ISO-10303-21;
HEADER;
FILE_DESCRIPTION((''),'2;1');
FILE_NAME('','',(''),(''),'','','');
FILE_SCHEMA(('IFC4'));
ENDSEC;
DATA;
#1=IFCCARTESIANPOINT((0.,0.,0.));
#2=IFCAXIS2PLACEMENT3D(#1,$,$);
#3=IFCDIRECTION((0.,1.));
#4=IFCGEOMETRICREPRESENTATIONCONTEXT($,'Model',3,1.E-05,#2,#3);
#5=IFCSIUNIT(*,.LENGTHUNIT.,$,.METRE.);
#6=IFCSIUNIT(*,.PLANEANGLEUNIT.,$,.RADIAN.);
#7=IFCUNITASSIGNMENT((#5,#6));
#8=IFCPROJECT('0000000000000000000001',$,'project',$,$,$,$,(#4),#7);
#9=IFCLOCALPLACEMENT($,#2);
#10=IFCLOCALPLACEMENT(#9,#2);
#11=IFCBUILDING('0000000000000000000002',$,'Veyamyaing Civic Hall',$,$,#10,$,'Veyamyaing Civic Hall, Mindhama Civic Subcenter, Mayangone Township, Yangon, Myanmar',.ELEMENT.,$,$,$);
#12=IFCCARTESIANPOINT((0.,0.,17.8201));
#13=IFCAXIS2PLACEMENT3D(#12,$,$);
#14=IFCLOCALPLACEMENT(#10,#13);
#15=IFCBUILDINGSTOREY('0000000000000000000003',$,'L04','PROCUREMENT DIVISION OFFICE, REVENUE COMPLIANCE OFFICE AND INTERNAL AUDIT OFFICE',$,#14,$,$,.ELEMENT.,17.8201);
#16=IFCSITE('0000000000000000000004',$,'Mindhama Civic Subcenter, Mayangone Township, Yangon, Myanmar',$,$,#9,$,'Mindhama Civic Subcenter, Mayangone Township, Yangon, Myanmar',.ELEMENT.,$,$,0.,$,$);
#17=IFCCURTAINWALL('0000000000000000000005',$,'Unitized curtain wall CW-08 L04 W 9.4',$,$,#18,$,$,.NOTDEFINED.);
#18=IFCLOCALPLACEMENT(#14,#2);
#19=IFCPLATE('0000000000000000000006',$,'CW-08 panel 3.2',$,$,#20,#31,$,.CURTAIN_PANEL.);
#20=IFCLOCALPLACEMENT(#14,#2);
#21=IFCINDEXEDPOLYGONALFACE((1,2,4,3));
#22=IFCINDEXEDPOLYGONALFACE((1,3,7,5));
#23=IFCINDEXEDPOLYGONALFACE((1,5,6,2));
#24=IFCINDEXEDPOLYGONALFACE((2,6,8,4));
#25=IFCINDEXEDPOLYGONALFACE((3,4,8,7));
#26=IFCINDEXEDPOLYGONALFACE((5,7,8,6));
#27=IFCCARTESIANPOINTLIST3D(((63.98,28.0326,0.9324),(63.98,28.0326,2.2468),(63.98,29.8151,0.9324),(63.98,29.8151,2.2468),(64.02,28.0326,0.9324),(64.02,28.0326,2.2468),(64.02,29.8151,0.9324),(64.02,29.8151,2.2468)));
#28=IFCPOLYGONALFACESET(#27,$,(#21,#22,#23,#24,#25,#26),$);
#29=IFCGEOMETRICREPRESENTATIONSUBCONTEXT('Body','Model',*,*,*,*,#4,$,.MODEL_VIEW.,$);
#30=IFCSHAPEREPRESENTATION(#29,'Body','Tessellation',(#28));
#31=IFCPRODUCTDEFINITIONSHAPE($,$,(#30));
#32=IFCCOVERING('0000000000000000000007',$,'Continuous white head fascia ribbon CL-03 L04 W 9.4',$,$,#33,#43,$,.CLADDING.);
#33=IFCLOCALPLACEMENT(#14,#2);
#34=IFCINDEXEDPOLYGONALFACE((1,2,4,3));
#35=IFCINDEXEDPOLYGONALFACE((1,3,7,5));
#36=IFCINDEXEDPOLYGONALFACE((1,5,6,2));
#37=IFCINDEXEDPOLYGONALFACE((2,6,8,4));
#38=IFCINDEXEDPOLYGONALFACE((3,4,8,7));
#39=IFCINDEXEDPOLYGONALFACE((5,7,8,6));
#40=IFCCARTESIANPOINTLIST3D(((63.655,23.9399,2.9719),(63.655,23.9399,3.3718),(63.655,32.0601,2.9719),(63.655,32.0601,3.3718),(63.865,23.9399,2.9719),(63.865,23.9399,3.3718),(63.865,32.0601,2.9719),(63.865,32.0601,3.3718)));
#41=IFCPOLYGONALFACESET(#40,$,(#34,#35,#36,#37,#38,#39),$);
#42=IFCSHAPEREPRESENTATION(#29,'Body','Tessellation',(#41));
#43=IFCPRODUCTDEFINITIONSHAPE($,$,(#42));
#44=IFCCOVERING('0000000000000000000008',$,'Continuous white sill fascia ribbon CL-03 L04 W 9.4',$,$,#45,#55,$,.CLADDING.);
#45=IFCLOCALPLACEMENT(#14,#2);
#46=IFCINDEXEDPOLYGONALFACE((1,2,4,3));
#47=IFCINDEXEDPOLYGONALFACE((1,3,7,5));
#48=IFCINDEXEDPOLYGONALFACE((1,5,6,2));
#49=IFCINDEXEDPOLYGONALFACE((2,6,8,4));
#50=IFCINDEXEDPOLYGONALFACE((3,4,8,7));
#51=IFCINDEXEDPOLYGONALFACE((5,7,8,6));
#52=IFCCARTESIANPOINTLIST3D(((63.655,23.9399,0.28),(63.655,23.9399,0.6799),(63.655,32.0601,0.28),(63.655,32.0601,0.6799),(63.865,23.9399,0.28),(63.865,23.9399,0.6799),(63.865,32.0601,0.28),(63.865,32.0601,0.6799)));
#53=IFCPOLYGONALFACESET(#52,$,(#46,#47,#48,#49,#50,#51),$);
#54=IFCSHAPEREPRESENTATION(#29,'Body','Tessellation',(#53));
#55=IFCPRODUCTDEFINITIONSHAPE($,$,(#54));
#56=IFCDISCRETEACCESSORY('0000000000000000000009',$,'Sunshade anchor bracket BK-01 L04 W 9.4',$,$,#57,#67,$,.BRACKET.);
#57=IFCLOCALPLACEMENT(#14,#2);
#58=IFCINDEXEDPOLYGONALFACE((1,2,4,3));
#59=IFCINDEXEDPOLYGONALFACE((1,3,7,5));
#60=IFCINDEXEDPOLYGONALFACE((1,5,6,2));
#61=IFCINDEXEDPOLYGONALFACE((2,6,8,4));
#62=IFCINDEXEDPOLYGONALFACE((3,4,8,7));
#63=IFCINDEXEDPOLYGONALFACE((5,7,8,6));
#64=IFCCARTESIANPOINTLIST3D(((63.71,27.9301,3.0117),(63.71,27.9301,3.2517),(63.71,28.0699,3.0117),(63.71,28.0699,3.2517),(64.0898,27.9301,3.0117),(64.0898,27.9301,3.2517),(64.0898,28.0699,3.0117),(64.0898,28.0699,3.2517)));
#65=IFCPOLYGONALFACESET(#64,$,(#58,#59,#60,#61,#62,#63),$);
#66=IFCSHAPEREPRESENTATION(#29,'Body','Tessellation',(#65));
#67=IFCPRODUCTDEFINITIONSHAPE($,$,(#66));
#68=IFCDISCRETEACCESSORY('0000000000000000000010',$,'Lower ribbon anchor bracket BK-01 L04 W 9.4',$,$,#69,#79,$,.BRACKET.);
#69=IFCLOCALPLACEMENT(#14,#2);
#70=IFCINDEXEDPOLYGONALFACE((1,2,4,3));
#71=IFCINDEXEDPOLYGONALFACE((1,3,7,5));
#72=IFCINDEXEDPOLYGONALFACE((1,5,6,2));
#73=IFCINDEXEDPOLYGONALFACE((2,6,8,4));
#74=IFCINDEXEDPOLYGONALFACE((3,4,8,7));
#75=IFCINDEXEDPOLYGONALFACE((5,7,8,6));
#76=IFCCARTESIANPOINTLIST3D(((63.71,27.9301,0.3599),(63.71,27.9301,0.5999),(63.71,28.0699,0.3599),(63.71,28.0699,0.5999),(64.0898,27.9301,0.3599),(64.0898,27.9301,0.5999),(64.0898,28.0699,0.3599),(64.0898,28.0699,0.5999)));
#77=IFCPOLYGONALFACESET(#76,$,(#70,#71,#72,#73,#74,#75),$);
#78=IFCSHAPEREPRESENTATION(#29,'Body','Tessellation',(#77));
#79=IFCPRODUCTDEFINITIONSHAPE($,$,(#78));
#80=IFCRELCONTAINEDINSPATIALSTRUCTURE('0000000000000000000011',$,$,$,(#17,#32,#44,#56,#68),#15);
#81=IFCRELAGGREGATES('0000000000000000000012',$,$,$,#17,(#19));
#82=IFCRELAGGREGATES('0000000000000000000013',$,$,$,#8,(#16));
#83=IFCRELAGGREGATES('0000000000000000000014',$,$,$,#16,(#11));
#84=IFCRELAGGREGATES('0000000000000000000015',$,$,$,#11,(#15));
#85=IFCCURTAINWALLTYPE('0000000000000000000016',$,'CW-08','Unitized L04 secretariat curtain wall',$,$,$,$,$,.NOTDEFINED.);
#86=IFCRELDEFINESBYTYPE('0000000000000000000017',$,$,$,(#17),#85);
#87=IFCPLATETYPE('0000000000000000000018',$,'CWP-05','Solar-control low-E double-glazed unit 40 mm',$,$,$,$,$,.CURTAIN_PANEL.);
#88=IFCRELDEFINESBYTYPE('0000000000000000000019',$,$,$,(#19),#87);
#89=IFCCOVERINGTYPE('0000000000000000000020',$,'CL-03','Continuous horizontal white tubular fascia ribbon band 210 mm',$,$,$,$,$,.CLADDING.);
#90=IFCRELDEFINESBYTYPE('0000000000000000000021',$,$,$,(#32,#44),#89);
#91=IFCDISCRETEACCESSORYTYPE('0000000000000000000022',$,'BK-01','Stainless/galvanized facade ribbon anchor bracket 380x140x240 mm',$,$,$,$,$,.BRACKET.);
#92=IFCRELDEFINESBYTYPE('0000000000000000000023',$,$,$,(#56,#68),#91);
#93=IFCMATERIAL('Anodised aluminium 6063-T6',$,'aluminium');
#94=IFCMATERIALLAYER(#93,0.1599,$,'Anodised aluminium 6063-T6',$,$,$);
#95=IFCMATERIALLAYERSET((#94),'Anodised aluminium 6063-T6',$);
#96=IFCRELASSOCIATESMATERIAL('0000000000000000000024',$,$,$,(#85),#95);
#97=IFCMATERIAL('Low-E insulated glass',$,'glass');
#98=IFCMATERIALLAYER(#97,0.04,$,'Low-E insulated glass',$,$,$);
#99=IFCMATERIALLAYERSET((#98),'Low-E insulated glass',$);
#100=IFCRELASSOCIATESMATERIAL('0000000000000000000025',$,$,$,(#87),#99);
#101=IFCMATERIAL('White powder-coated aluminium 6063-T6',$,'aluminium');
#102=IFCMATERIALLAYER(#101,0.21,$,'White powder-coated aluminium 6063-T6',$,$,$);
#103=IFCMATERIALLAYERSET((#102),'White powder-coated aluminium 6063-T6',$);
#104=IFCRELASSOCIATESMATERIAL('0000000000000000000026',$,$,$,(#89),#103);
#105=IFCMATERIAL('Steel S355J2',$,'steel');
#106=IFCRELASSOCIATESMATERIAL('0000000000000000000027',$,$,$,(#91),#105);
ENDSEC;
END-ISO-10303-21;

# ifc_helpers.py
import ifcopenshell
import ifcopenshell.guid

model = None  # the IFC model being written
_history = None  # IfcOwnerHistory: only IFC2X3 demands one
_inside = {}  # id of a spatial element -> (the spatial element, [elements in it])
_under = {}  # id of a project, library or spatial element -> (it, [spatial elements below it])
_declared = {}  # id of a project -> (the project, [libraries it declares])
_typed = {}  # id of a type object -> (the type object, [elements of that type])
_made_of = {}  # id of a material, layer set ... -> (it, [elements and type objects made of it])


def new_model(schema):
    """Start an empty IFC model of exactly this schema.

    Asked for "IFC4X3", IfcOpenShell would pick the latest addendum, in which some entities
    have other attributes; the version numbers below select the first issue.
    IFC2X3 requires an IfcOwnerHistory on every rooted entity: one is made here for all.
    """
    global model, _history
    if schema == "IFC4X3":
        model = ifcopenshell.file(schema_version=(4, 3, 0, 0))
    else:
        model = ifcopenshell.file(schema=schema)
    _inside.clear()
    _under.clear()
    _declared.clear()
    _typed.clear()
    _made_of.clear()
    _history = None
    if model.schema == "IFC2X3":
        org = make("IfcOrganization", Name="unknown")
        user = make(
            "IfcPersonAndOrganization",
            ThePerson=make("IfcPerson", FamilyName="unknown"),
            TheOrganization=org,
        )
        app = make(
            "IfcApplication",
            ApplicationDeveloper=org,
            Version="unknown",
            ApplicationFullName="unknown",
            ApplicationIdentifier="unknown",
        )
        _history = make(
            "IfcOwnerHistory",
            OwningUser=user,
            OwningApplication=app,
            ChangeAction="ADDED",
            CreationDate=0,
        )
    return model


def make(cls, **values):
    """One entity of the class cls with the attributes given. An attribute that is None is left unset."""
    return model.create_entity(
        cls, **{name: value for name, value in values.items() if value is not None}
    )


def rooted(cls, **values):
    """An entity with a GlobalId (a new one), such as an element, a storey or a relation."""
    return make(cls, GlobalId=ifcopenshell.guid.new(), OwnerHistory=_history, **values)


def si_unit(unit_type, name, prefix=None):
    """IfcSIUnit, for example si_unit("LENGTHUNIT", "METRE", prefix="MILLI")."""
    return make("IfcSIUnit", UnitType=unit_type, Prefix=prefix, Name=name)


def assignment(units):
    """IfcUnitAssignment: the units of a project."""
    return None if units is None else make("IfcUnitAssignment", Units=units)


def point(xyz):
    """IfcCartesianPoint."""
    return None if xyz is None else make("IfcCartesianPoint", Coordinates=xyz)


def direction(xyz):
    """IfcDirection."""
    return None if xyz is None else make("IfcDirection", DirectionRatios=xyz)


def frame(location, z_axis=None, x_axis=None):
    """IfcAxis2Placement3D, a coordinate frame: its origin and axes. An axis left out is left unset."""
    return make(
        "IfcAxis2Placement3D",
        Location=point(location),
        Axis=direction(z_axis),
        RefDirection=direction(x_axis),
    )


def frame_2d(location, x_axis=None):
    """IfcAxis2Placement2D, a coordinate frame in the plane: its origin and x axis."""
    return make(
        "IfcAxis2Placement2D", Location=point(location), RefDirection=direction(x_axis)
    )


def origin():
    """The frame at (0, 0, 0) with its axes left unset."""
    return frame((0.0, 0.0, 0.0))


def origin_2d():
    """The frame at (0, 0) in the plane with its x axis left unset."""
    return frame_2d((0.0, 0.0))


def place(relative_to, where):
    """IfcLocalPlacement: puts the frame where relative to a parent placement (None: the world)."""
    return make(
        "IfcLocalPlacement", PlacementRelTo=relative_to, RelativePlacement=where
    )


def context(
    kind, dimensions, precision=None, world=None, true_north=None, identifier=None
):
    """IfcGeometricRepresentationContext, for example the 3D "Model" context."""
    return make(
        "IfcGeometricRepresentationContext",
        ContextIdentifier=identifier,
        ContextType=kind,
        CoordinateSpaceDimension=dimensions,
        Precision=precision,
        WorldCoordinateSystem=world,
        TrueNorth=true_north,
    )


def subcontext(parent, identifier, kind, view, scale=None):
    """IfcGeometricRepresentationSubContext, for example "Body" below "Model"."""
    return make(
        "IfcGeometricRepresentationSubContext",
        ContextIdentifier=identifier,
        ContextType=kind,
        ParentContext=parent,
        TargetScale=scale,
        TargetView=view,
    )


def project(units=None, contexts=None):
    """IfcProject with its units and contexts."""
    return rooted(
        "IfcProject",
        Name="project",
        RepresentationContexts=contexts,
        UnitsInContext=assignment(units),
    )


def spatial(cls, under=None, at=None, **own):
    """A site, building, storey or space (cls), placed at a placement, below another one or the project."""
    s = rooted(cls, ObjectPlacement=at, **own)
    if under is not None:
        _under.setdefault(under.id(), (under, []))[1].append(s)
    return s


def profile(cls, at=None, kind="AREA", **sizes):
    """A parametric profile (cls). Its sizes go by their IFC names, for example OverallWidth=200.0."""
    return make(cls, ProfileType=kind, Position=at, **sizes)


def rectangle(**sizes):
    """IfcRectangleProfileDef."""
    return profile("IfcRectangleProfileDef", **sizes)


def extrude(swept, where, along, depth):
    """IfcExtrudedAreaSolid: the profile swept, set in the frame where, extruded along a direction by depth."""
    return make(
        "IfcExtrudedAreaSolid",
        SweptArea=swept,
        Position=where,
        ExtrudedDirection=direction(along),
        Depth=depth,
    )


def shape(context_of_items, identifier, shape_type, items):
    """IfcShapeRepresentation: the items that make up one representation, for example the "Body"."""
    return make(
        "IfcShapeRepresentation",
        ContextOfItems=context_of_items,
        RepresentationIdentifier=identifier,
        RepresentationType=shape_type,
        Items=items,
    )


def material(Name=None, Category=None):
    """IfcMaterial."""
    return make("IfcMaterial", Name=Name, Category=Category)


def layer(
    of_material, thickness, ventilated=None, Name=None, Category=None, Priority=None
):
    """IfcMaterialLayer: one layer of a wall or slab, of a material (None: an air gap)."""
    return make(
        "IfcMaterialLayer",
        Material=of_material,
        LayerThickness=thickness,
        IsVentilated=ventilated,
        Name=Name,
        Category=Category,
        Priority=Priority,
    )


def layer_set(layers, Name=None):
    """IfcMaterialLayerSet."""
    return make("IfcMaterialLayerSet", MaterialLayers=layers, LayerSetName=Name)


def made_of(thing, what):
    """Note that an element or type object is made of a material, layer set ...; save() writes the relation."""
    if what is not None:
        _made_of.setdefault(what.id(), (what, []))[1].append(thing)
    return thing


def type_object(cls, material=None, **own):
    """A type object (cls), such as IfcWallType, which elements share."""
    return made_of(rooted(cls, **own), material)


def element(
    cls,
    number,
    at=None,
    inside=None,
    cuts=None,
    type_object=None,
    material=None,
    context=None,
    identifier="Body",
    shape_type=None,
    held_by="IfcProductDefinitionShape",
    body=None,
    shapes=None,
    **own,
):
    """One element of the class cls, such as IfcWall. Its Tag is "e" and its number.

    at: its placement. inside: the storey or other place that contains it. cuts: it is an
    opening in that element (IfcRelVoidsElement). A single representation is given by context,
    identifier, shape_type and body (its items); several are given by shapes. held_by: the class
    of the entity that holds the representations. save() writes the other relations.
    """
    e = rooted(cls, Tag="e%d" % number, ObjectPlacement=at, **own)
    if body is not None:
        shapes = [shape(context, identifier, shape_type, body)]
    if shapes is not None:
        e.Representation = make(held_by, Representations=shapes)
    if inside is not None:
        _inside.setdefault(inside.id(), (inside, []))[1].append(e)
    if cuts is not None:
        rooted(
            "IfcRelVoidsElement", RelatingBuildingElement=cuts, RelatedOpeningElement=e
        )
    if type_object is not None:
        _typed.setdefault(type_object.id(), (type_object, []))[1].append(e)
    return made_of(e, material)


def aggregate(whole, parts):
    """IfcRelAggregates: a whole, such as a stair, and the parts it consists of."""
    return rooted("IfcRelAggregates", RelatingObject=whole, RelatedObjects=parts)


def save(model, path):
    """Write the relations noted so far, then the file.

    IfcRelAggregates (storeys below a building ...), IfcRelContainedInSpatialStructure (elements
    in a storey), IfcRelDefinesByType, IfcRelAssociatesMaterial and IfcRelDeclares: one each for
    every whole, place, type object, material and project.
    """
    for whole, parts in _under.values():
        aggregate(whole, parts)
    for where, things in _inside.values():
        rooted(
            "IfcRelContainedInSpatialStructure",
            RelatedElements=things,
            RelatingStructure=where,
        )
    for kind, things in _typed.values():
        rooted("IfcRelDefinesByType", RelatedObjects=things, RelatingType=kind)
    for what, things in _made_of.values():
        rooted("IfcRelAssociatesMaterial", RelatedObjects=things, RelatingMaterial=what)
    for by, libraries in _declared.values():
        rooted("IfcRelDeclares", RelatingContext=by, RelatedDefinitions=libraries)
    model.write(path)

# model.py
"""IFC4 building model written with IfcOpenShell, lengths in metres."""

from ifc_helpers import new_model, si_unit, direction, frame, origin, origin_2d, place, context, subcontext, project, spatial, rectangle, extrude, material, layer, layer_set, type_object, element, aggregate, save


model = new_model("IFC4")

# Units and contexts
model_context = context("Model", 3, precision=1e-05, world=origin(), true_north=direction((0.0, 1.0)))
body_context = subcontext(model_context, "Body", "Model", "MODEL_VIEW")
ifc_project = project(units=[si_unit("LENGTHUNIT", "METRE"), si_unit("PLANEANGLEUNIT", "RADIAN")], contexts=[model_context])

# Site, building, storey
site_placement = place(None, origin())
site = spatial("IfcSite", under=ifc_project, at=site_placement, Name="Mindhama Civic Subcenter, Mayangone Township, Yangon, Myanmar", LongName="Mindhama Civic Subcenter, Mayangone Township, Yangon, Myanmar", CompositionType="ELEMENT", RefElevation=0.0)
building_placement = place(site_placement, origin())
building = spatial("IfcBuilding", under=site, at=building_placement, Name="Veyamyaing Civic Hall", LongName="Veyamyaing Civic Hall, Mindhama Civic Subcenter, Mayangone Township, Yangon, Myanmar", CompositionType="ELEMENT")
storey_placement = place(building_placement, frame((0.0, 0.0, 17.8201)))
storey = spatial("IfcBuildingStorey", under=building, at=storey_placement, Name="L04", Description="PROCUREMENT DIVISION OFFICE, REVENUE COMPLIANCE OFFICE AND INTERNAL AUDIT OFFICE", CompositionType="ELEMENT", Elevation=17.8201)

# Curtain wall
ifc_material_1 = material(Name="Anodised aluminium 6063-T6", Category="aluminium")
ifc_layer_1 = layer(ifc_material_1, 0.1599, Name="Anodised aluminium 6063-T6")
ifc_layer_set_1 = layer_set([ifc_layer_1], Name="Anodised aluminium 6063-T6")
curtain_wall_type = type_object("IfcCurtainWallType", Name="CW-08", Description="Unitized L04 secretariat curtain wall", PredefinedType="NOTDEFINED", material=ifc_layer_set_1)
curtain_wall_placement = place(storey_placement, origin())
curtain_wall = element("IfcCurtainWall", 1, at=curtain_wall_placement, inside=storey, type_object=curtain_wall_type, Name="Unitized curtain wall CW-08 L04 W 9.4", PredefinedType="NOTDEFINED")

# Plate
ifc_material_2 = material(Name="Low-E insulated glass", Category="glass")
ifc_layer_2 = layer(ifc_material_2, 0.04, Name="Low-E insulated glass")
ifc_layer_set_2 = layer_set([ifc_layer_2], Name="Low-E insulated glass")
plate_type = type_object("IfcPlateType", Name="CWP-05", Description="Solar-control low-E double-glazed unit 40 mm", PredefinedType="CURTAIN_PANEL", material=ifc_layer_set_2)
plate_1_placement = place(storey_placement, frame((64.0, 28.9238, 0.9324), z_axis=(0.0, 0.0, 1.0), x_axis=(0.0, 1.0, 0.0)))
plate_1 = element("IfcPlate", 2, at=plate_1_placement, type_object=plate_type, Name="CW-08 panel 3.2", PredefinedType="CURTAIN_PANEL", context=body_context, shape_type="SweptSolid", body=[
    extrude(rectangle(XDim=1.7825, YDim=0.04, at=origin_2d()), origin(), (0.0, 0.0, 1.0), 1.3145),
])
aggregate(curtain_wall, [plate_1])

# Coverings
ifc_material_3 = material(Name="White powder-coated aluminium 6063-T6", Category="aluminium")
ifc_layer_3 = layer(ifc_material_3, 0.21, Name="White powder-coated aluminium 6063-T6")
ifc_layer_set_3 = layer_set([ifc_layer_3], Name="White powder-coated aluminium 6063-T6")
covering_type = type_object("IfcCoveringType", Name="CL-03", Description="Continuous horizontal white tubular fascia ribbon band 210 mm", PredefinedType="CLADDING", material=ifc_layer_set_3)
for number, where, z_axis, x_axis, name in (
    (3, (63.76, 28.0, 2.9719), (0.0, 0.0, 1.0), (0.0, 1.0, 0.0), "Continuous white head fascia ribbon CL-03 L04 W 9.4"),
    (4, (63.76, 28.0, 0.28), (0.0, 0.0, 1.0), (0.0, 1.0, 0.0), "Continuous white sill fascia ribbon CL-03 L04 W 9.4"),
):
    element("IfcCovering", number, at=place(storey_placement, frame(where, z_axis=z_axis, x_axis=x_axis)), inside=storey, type_object=covering_type, Name=name, PredefinedType="CLADDING", context=body_context, shape_type="SweptSolid", body=[
        extrude(rectangle(XDim=8.1201, YDim=0.21, at=origin_2d()), origin(), (0.0, 0.0, 1.0), 0.3999),
    ])

# Discrete accessories
ifc_material_4 = material(Name="Steel S355J2", Category="steel")
discrete_accessory_type = type_object("IfcDiscreteAccessoryType", Name="BK-01", Description="Stainless/galvanized facade ribbon anchor bracket 380x140x240 mm", PredefinedType="BRACKET", material=ifc_material_4)
for number, where, z_axis, x_axis, name in (
    (5, (63.8999, 28.0, 3.0117), (0.0, 0.0, 1.0), (-1.0, 0.0, 0.0), "Sunshade anchor bracket BK-01 L04 W 9.4"),
    (6, (63.8999, 28.0, 0.3599), (0.0, 0.0, 1.0), (-1.0, 0.0, 0.0), "Lower ribbon anchor bracket BK-01 L04 W 9.4"),
):
    element("IfcDiscreteAccessory", number, at=place(storey_placement, frame(where, z_axis=z_axis, x_axis=x_axis)), inside=storey, type_object=discrete_accessory_type, Name=name, PredefinedType="BRACKET", context=body_context, shape_type="SweptSolid", body=[
        extrude(rectangle(XDim=0.3799, YDim=0.1399, at=origin_2d()), origin(), (0.0, 0.0, 1.0), 0.24),
    ])

save(model, "model.ifc")
